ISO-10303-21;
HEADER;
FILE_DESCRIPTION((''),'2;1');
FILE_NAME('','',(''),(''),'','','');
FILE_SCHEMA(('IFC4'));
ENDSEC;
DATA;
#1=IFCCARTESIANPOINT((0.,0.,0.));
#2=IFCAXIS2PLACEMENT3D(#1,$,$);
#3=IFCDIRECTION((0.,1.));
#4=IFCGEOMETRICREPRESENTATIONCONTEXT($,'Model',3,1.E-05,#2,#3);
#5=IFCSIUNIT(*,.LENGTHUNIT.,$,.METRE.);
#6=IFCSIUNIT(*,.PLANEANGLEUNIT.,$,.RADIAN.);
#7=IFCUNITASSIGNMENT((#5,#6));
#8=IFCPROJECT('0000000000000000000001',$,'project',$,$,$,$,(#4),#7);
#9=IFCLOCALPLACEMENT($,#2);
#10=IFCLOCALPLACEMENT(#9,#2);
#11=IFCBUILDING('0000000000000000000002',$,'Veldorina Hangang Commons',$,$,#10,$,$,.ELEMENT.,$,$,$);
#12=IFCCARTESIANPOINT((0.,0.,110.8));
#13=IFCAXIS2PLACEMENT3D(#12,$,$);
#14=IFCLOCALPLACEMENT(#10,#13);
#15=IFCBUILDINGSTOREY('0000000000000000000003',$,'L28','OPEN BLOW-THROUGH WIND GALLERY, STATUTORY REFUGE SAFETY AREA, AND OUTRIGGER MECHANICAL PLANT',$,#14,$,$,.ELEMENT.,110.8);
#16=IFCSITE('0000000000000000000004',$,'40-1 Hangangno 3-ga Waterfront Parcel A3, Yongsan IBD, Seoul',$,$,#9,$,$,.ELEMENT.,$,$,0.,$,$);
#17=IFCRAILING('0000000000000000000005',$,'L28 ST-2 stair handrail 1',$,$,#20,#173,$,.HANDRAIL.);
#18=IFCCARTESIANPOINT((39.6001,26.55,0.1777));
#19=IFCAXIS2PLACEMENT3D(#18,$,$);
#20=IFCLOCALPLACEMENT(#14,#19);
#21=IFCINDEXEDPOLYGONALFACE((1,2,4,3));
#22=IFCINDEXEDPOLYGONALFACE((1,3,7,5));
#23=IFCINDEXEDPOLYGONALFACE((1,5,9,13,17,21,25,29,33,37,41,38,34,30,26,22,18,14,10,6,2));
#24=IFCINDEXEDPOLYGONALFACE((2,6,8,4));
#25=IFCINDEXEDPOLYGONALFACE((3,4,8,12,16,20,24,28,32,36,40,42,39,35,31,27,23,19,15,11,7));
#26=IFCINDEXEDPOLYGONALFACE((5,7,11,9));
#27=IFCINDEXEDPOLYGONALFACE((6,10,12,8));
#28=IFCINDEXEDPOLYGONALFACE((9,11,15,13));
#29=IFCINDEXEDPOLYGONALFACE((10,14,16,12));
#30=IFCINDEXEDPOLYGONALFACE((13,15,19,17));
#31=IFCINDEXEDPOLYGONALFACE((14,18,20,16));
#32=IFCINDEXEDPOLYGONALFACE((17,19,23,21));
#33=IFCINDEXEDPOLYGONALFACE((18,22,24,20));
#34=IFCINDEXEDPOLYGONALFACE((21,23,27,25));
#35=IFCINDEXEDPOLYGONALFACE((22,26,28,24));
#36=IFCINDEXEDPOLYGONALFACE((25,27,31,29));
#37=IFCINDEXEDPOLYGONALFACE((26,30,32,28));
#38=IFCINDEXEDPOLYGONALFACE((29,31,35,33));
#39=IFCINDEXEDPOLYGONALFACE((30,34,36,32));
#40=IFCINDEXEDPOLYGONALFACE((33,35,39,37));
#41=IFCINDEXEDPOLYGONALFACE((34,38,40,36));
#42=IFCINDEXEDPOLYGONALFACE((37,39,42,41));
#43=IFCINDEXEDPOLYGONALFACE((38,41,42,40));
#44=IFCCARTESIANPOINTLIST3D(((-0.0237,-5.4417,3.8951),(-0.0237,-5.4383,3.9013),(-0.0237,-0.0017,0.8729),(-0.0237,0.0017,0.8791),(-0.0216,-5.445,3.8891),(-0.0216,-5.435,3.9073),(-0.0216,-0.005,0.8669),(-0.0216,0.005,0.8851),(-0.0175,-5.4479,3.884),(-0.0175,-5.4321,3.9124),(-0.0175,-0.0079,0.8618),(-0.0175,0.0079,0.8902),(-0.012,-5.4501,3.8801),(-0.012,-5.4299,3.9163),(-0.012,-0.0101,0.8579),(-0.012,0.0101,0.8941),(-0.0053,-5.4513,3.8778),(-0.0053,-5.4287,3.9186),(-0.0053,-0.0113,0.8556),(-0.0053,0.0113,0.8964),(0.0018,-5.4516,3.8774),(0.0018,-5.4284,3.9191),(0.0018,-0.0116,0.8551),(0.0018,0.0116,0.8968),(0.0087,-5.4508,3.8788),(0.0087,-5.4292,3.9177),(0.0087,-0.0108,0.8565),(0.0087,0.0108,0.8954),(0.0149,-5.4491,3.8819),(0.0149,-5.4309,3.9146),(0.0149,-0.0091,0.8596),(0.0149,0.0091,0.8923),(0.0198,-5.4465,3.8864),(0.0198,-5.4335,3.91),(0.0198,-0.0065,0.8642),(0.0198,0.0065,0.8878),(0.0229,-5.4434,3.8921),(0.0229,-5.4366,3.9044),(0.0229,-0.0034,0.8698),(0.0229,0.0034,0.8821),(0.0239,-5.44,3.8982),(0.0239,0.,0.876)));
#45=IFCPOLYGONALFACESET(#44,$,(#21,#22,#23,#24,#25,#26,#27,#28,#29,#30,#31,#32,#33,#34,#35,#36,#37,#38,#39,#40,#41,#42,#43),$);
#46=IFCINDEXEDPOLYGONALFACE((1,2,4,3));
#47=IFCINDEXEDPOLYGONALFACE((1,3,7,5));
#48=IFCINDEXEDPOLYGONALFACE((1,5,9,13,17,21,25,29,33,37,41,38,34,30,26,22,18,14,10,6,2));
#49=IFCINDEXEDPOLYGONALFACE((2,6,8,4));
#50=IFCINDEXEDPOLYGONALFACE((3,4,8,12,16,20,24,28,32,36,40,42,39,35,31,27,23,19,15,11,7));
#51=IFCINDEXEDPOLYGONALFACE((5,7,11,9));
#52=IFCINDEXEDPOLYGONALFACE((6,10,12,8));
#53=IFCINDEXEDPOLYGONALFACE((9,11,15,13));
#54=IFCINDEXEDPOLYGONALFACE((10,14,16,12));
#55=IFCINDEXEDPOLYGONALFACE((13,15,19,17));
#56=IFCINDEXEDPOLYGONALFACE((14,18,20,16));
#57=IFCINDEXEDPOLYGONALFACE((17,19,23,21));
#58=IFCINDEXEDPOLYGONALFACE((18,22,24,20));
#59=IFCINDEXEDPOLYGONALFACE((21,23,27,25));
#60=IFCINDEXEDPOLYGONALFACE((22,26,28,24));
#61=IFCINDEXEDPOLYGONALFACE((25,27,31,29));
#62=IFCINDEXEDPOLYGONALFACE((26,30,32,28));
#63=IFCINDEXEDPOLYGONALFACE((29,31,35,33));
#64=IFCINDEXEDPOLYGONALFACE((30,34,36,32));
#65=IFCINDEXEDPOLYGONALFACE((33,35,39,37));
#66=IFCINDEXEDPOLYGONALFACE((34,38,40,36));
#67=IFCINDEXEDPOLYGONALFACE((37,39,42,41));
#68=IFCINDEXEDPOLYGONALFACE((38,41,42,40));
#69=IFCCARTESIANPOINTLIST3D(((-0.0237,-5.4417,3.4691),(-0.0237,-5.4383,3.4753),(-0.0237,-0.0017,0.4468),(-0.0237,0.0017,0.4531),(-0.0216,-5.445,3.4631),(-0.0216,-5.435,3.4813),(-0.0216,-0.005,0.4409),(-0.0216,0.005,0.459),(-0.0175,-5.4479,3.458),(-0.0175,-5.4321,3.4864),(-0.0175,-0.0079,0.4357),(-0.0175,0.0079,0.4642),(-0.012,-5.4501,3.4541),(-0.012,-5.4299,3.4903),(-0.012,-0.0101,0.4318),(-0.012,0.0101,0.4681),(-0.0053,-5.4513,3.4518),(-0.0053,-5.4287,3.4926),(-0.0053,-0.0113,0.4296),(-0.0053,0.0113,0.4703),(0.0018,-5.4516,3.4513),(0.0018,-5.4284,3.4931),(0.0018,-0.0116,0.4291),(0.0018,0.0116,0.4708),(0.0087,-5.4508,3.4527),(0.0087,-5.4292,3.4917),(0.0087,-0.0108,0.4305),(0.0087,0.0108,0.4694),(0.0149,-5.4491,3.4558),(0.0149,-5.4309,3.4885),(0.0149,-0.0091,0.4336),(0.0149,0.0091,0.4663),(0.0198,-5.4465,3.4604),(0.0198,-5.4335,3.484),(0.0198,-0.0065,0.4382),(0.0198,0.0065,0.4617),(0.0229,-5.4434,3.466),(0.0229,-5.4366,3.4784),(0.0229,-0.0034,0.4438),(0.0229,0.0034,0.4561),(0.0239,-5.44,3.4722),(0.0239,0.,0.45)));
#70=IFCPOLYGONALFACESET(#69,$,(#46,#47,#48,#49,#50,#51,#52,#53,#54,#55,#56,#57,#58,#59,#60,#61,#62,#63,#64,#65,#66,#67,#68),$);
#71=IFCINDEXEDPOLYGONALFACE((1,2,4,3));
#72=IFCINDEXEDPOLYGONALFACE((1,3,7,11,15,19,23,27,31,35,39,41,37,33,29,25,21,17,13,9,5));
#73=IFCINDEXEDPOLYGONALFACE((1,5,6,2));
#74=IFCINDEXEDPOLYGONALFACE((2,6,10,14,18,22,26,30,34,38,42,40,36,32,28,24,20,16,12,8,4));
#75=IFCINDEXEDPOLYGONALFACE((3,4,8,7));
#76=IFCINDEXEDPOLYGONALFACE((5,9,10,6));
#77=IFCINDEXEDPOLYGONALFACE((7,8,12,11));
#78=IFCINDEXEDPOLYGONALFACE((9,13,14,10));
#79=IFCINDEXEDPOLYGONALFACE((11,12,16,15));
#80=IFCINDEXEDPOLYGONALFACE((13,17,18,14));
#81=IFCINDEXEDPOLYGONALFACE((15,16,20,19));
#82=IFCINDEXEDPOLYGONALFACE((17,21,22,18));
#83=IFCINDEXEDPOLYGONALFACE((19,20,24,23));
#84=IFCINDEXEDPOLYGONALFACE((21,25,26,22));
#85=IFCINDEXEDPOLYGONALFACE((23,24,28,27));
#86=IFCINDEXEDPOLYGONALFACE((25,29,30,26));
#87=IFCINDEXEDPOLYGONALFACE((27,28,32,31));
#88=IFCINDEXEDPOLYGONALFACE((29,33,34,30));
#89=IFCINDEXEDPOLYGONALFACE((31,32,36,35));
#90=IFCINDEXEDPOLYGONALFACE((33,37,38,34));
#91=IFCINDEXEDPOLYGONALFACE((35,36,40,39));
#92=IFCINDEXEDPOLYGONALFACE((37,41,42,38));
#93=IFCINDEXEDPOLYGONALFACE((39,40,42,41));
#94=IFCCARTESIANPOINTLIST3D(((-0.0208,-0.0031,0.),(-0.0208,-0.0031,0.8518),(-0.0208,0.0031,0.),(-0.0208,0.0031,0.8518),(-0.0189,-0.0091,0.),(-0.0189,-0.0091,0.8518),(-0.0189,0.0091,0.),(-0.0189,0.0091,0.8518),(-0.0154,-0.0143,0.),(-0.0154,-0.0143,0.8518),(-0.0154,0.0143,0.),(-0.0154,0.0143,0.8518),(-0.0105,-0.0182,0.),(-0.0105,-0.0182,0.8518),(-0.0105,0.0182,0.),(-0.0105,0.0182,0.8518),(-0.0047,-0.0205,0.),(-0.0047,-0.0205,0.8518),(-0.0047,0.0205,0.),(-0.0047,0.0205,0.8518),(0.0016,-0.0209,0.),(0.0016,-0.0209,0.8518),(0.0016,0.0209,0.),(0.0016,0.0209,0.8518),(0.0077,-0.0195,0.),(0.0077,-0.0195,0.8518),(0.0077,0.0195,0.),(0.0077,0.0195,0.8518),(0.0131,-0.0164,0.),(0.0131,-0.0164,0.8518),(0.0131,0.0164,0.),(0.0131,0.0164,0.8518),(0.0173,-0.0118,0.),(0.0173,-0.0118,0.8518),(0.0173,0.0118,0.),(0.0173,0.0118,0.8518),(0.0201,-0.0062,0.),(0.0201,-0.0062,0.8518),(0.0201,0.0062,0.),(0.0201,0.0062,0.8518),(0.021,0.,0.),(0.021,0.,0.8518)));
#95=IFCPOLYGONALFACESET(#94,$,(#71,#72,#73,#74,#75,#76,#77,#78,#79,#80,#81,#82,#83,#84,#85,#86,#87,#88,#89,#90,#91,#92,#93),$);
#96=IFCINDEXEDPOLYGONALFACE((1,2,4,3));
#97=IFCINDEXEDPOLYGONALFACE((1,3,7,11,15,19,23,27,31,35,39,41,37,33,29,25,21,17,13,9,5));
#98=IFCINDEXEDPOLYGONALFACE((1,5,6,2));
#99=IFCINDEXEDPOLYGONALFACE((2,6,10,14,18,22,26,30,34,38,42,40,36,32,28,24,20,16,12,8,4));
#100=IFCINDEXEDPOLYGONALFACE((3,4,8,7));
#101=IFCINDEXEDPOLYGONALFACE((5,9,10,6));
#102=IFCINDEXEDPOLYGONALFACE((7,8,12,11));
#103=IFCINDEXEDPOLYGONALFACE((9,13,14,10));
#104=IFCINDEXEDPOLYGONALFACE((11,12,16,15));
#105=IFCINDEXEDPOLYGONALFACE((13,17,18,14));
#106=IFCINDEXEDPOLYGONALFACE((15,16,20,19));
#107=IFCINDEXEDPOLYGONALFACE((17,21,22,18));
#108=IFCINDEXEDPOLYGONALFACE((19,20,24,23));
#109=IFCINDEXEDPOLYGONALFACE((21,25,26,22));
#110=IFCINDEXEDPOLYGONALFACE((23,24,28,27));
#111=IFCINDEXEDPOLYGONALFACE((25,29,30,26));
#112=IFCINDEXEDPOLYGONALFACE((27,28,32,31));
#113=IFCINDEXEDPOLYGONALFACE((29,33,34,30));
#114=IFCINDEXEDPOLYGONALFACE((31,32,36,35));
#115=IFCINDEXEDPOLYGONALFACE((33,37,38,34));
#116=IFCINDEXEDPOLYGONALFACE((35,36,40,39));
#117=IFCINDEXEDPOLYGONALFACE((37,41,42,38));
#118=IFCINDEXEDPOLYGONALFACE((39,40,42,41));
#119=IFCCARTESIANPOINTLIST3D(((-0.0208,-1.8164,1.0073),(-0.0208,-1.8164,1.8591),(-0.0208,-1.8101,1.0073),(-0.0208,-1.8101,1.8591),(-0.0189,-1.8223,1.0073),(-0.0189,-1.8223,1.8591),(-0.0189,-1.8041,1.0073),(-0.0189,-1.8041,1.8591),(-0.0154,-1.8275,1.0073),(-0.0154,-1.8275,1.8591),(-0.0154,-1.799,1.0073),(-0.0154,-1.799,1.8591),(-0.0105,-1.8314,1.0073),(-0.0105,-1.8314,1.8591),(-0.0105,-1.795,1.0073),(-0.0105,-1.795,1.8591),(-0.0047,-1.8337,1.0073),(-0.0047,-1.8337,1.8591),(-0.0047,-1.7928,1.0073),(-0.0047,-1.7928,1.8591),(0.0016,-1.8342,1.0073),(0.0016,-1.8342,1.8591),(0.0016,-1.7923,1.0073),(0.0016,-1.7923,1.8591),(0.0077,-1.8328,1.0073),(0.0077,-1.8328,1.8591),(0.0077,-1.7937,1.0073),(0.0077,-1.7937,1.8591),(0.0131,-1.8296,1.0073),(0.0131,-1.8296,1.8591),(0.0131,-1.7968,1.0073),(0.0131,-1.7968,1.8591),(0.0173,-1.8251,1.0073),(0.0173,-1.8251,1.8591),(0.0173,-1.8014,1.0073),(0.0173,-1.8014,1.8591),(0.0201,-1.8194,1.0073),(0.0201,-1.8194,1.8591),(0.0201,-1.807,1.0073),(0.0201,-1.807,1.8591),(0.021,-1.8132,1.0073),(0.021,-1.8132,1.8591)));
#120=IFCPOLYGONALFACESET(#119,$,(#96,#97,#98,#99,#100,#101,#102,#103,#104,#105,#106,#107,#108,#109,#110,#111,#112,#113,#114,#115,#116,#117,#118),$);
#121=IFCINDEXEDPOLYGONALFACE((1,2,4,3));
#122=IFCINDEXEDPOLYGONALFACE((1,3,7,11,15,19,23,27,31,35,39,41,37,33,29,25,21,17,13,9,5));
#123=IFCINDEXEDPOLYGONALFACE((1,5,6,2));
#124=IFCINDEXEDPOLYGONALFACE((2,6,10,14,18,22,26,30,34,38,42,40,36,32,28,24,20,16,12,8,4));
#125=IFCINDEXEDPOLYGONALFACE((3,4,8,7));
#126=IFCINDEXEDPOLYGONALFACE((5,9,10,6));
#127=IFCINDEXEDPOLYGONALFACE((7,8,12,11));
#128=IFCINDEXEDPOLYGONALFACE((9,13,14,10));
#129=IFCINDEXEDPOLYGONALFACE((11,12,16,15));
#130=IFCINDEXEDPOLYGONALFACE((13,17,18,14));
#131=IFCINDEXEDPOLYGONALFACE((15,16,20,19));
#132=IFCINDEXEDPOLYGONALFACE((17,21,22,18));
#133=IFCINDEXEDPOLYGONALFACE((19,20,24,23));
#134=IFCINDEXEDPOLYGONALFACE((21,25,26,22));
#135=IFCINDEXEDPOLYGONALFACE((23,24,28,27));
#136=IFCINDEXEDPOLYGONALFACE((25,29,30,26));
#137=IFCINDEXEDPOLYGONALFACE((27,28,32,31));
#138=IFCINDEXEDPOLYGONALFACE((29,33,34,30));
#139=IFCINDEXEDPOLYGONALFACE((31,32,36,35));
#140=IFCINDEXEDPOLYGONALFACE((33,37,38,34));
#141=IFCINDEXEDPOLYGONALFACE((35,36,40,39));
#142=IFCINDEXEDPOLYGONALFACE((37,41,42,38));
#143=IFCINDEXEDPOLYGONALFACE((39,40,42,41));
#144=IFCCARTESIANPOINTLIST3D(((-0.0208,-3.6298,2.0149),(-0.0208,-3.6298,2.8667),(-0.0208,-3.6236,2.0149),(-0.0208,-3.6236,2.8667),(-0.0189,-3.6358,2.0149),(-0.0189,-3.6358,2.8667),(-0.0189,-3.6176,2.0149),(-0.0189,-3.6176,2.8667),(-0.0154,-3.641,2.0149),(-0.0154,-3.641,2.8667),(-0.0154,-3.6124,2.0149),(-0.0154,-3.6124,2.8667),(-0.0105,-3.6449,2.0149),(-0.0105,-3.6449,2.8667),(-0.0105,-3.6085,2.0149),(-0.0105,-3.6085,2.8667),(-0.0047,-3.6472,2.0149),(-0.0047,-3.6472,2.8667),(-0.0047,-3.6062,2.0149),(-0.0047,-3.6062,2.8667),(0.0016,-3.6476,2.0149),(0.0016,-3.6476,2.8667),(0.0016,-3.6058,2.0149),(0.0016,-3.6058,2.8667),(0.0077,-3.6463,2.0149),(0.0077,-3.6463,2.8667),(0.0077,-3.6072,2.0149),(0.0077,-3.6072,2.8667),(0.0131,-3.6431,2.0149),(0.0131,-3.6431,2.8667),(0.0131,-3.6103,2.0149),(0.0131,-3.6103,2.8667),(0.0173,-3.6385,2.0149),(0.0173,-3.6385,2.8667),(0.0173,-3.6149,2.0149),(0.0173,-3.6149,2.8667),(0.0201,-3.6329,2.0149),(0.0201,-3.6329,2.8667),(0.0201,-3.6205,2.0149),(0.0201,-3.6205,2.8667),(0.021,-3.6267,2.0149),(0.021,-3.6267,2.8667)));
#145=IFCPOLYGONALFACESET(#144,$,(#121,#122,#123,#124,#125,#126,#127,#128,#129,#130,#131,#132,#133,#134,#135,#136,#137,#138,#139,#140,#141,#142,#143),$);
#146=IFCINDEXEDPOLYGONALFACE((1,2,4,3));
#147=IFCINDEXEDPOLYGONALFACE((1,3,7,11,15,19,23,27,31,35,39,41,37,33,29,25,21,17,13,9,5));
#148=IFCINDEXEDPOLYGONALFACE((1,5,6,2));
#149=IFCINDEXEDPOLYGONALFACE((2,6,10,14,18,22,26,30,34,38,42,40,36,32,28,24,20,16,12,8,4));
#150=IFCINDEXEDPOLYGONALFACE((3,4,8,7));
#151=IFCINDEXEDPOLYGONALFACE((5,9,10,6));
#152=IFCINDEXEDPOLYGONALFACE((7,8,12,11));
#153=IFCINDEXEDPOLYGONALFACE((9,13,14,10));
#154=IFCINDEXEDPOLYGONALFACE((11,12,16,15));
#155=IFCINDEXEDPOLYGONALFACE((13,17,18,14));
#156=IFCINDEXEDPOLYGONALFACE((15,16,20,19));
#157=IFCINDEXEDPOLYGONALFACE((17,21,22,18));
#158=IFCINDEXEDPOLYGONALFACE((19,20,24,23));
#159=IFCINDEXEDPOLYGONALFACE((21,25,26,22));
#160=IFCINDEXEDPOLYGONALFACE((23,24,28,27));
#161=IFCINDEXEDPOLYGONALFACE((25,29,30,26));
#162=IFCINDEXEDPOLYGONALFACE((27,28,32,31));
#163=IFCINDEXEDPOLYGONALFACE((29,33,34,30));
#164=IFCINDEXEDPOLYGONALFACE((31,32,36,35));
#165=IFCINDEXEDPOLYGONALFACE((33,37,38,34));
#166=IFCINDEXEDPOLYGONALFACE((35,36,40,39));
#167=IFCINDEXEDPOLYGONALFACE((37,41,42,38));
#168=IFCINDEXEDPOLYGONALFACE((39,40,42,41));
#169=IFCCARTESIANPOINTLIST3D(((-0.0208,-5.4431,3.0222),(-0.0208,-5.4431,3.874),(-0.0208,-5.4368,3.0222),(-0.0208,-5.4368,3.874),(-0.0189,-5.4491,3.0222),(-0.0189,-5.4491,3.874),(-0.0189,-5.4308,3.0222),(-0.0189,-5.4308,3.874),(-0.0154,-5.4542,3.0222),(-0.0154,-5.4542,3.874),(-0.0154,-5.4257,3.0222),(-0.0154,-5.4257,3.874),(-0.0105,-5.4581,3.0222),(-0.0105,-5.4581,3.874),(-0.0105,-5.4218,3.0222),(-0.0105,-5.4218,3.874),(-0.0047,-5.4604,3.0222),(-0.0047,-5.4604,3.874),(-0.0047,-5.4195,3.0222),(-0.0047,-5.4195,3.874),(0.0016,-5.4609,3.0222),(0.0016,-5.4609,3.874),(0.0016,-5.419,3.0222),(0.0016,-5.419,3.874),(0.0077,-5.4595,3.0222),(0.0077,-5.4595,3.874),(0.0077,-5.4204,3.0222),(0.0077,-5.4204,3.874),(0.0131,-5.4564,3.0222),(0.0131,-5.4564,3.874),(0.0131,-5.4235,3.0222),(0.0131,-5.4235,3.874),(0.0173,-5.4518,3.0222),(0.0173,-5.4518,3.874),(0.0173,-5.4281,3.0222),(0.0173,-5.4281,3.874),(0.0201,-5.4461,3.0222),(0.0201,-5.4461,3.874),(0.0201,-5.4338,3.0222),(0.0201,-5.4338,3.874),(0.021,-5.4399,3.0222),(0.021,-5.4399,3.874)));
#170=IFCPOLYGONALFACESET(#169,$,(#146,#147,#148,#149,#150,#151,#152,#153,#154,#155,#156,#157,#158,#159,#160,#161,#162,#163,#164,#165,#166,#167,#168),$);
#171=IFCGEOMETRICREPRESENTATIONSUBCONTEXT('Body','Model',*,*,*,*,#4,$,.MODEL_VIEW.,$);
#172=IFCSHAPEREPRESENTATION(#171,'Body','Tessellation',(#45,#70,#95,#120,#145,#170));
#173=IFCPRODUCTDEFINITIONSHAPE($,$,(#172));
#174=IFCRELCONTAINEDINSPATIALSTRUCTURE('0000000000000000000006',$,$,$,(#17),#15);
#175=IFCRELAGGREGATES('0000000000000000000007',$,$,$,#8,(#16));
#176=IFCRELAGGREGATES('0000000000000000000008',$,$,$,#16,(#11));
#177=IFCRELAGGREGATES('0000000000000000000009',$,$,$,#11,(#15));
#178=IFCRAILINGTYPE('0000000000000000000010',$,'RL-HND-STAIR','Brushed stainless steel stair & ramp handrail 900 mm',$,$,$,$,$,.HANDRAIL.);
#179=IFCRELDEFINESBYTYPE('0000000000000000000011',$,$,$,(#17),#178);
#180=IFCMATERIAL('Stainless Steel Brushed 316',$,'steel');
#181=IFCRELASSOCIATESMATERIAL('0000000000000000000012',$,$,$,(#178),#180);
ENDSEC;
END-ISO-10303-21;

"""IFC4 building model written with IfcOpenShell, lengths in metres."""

from ifc_helpers import new_model, si_unit, direction, frame, origin, origin_2d, place, context, subcontext, project, spatial, circle, extrude, material, type_object, element, save


model = new_model("IFC4")

# Units and contexts
model_context = context("Model", 3, precision=1e-05, world=origin(), true_north=direction((0.0, 1.0)))
body_context = subcontext(model_context, "Body", "Model", "MODEL_VIEW")
ifc_project = project(units=[si_unit("LENGTHUNIT", "METRE"), si_unit("PLANEANGLEUNIT", "RADIAN")], contexts=[model_context])

# Site, building, storey
site_placement = place(None, origin())
site = spatial("IfcSite", under=ifc_project, at=site_placement, Name="40-1 Hangangno 3-ga Waterfront Parcel A3, Yongsan IBD, Seoul", CompositionType="ELEMENT", RefElevation=0.0)
building_placement = place(site_placement, origin())
building = spatial("IfcBuilding", under=site, at=building_placement, Name="Veldorina Hangang Commons", CompositionType="ELEMENT")
storey_placement = place(building_placement, frame((0.0, 0.0, 110.8)))
storey = spatial("IfcBuildingStorey", under=building, at=storey_placement, Name="L28", Description="OPEN BLOW-THROUGH WIND GALLERY, STATUTORY REFUGE SAFETY AREA, AND OUTRIGGER MECHANICAL PLANT", CompositionType="ELEMENT", Elevation=110.8)

# Railing
ifc_material_1 = material(Name="Stainless Steel Brushed 316", Category="steel")
railing_type_1 = type_object("IfcRailingType", Name="RL-HND-STAIR", Description="Brushed stainless steel stair & ramp handrail 900 mm", PredefinedType="HANDRAIL", material=ifc_material_1)
railing_1_placement = place(storey_placement, frame((39.6001, 26.55, 0.1777)))
element("IfcRailing", 1, at=railing_1_placement, inside=storey, type_object=railing_type_1, Name="L28 ST-2 stair handrail 1", PredefinedType="HANDRAIL", context=body_context, shape_type="SweptSolid", body=[
    extrude(circle(Radius=0.0239, at=origin_2d()), frame((0.0, 0.0, 0.876), z_axis=(0.0, -0.874155, 0.485646), x_axis=(1.0, 0.0, 0.0)), (0.0, 0.0, 1.0), 6.2231),
    extrude(circle(Radius=0.0239, at=origin_2d()), frame((0.0, 0.0, 0.45), z_axis=(0.0, -0.874155, 0.485646), x_axis=(1.0, 0.0, 0.0)), (0.0, 0.0, 1.0), 6.2231),
    extrude(circle(Radius=0.021, at=origin_2d()), origin(), (0.0, 0.0, 1.0), 0.8518),
    extrude(circle(Radius=0.021, at=origin_2d()), frame((0.0, -1.8132, 1.0073)), (0.0, 0.0, 1.0), 0.8518),
    extrude(circle(Radius=0.021, at=origin_2d()), frame((0.0, -3.6267, 2.0149)), (0.0, 0.0, 1.0), 0.8518),
    extrude(circle(Radius=0.021, at=origin_2d()), frame((0.0, -5.4399, 3.0222)), (0.0, 0.0, 1.0), 0.8518),
])

save(model, "model.ifc")
